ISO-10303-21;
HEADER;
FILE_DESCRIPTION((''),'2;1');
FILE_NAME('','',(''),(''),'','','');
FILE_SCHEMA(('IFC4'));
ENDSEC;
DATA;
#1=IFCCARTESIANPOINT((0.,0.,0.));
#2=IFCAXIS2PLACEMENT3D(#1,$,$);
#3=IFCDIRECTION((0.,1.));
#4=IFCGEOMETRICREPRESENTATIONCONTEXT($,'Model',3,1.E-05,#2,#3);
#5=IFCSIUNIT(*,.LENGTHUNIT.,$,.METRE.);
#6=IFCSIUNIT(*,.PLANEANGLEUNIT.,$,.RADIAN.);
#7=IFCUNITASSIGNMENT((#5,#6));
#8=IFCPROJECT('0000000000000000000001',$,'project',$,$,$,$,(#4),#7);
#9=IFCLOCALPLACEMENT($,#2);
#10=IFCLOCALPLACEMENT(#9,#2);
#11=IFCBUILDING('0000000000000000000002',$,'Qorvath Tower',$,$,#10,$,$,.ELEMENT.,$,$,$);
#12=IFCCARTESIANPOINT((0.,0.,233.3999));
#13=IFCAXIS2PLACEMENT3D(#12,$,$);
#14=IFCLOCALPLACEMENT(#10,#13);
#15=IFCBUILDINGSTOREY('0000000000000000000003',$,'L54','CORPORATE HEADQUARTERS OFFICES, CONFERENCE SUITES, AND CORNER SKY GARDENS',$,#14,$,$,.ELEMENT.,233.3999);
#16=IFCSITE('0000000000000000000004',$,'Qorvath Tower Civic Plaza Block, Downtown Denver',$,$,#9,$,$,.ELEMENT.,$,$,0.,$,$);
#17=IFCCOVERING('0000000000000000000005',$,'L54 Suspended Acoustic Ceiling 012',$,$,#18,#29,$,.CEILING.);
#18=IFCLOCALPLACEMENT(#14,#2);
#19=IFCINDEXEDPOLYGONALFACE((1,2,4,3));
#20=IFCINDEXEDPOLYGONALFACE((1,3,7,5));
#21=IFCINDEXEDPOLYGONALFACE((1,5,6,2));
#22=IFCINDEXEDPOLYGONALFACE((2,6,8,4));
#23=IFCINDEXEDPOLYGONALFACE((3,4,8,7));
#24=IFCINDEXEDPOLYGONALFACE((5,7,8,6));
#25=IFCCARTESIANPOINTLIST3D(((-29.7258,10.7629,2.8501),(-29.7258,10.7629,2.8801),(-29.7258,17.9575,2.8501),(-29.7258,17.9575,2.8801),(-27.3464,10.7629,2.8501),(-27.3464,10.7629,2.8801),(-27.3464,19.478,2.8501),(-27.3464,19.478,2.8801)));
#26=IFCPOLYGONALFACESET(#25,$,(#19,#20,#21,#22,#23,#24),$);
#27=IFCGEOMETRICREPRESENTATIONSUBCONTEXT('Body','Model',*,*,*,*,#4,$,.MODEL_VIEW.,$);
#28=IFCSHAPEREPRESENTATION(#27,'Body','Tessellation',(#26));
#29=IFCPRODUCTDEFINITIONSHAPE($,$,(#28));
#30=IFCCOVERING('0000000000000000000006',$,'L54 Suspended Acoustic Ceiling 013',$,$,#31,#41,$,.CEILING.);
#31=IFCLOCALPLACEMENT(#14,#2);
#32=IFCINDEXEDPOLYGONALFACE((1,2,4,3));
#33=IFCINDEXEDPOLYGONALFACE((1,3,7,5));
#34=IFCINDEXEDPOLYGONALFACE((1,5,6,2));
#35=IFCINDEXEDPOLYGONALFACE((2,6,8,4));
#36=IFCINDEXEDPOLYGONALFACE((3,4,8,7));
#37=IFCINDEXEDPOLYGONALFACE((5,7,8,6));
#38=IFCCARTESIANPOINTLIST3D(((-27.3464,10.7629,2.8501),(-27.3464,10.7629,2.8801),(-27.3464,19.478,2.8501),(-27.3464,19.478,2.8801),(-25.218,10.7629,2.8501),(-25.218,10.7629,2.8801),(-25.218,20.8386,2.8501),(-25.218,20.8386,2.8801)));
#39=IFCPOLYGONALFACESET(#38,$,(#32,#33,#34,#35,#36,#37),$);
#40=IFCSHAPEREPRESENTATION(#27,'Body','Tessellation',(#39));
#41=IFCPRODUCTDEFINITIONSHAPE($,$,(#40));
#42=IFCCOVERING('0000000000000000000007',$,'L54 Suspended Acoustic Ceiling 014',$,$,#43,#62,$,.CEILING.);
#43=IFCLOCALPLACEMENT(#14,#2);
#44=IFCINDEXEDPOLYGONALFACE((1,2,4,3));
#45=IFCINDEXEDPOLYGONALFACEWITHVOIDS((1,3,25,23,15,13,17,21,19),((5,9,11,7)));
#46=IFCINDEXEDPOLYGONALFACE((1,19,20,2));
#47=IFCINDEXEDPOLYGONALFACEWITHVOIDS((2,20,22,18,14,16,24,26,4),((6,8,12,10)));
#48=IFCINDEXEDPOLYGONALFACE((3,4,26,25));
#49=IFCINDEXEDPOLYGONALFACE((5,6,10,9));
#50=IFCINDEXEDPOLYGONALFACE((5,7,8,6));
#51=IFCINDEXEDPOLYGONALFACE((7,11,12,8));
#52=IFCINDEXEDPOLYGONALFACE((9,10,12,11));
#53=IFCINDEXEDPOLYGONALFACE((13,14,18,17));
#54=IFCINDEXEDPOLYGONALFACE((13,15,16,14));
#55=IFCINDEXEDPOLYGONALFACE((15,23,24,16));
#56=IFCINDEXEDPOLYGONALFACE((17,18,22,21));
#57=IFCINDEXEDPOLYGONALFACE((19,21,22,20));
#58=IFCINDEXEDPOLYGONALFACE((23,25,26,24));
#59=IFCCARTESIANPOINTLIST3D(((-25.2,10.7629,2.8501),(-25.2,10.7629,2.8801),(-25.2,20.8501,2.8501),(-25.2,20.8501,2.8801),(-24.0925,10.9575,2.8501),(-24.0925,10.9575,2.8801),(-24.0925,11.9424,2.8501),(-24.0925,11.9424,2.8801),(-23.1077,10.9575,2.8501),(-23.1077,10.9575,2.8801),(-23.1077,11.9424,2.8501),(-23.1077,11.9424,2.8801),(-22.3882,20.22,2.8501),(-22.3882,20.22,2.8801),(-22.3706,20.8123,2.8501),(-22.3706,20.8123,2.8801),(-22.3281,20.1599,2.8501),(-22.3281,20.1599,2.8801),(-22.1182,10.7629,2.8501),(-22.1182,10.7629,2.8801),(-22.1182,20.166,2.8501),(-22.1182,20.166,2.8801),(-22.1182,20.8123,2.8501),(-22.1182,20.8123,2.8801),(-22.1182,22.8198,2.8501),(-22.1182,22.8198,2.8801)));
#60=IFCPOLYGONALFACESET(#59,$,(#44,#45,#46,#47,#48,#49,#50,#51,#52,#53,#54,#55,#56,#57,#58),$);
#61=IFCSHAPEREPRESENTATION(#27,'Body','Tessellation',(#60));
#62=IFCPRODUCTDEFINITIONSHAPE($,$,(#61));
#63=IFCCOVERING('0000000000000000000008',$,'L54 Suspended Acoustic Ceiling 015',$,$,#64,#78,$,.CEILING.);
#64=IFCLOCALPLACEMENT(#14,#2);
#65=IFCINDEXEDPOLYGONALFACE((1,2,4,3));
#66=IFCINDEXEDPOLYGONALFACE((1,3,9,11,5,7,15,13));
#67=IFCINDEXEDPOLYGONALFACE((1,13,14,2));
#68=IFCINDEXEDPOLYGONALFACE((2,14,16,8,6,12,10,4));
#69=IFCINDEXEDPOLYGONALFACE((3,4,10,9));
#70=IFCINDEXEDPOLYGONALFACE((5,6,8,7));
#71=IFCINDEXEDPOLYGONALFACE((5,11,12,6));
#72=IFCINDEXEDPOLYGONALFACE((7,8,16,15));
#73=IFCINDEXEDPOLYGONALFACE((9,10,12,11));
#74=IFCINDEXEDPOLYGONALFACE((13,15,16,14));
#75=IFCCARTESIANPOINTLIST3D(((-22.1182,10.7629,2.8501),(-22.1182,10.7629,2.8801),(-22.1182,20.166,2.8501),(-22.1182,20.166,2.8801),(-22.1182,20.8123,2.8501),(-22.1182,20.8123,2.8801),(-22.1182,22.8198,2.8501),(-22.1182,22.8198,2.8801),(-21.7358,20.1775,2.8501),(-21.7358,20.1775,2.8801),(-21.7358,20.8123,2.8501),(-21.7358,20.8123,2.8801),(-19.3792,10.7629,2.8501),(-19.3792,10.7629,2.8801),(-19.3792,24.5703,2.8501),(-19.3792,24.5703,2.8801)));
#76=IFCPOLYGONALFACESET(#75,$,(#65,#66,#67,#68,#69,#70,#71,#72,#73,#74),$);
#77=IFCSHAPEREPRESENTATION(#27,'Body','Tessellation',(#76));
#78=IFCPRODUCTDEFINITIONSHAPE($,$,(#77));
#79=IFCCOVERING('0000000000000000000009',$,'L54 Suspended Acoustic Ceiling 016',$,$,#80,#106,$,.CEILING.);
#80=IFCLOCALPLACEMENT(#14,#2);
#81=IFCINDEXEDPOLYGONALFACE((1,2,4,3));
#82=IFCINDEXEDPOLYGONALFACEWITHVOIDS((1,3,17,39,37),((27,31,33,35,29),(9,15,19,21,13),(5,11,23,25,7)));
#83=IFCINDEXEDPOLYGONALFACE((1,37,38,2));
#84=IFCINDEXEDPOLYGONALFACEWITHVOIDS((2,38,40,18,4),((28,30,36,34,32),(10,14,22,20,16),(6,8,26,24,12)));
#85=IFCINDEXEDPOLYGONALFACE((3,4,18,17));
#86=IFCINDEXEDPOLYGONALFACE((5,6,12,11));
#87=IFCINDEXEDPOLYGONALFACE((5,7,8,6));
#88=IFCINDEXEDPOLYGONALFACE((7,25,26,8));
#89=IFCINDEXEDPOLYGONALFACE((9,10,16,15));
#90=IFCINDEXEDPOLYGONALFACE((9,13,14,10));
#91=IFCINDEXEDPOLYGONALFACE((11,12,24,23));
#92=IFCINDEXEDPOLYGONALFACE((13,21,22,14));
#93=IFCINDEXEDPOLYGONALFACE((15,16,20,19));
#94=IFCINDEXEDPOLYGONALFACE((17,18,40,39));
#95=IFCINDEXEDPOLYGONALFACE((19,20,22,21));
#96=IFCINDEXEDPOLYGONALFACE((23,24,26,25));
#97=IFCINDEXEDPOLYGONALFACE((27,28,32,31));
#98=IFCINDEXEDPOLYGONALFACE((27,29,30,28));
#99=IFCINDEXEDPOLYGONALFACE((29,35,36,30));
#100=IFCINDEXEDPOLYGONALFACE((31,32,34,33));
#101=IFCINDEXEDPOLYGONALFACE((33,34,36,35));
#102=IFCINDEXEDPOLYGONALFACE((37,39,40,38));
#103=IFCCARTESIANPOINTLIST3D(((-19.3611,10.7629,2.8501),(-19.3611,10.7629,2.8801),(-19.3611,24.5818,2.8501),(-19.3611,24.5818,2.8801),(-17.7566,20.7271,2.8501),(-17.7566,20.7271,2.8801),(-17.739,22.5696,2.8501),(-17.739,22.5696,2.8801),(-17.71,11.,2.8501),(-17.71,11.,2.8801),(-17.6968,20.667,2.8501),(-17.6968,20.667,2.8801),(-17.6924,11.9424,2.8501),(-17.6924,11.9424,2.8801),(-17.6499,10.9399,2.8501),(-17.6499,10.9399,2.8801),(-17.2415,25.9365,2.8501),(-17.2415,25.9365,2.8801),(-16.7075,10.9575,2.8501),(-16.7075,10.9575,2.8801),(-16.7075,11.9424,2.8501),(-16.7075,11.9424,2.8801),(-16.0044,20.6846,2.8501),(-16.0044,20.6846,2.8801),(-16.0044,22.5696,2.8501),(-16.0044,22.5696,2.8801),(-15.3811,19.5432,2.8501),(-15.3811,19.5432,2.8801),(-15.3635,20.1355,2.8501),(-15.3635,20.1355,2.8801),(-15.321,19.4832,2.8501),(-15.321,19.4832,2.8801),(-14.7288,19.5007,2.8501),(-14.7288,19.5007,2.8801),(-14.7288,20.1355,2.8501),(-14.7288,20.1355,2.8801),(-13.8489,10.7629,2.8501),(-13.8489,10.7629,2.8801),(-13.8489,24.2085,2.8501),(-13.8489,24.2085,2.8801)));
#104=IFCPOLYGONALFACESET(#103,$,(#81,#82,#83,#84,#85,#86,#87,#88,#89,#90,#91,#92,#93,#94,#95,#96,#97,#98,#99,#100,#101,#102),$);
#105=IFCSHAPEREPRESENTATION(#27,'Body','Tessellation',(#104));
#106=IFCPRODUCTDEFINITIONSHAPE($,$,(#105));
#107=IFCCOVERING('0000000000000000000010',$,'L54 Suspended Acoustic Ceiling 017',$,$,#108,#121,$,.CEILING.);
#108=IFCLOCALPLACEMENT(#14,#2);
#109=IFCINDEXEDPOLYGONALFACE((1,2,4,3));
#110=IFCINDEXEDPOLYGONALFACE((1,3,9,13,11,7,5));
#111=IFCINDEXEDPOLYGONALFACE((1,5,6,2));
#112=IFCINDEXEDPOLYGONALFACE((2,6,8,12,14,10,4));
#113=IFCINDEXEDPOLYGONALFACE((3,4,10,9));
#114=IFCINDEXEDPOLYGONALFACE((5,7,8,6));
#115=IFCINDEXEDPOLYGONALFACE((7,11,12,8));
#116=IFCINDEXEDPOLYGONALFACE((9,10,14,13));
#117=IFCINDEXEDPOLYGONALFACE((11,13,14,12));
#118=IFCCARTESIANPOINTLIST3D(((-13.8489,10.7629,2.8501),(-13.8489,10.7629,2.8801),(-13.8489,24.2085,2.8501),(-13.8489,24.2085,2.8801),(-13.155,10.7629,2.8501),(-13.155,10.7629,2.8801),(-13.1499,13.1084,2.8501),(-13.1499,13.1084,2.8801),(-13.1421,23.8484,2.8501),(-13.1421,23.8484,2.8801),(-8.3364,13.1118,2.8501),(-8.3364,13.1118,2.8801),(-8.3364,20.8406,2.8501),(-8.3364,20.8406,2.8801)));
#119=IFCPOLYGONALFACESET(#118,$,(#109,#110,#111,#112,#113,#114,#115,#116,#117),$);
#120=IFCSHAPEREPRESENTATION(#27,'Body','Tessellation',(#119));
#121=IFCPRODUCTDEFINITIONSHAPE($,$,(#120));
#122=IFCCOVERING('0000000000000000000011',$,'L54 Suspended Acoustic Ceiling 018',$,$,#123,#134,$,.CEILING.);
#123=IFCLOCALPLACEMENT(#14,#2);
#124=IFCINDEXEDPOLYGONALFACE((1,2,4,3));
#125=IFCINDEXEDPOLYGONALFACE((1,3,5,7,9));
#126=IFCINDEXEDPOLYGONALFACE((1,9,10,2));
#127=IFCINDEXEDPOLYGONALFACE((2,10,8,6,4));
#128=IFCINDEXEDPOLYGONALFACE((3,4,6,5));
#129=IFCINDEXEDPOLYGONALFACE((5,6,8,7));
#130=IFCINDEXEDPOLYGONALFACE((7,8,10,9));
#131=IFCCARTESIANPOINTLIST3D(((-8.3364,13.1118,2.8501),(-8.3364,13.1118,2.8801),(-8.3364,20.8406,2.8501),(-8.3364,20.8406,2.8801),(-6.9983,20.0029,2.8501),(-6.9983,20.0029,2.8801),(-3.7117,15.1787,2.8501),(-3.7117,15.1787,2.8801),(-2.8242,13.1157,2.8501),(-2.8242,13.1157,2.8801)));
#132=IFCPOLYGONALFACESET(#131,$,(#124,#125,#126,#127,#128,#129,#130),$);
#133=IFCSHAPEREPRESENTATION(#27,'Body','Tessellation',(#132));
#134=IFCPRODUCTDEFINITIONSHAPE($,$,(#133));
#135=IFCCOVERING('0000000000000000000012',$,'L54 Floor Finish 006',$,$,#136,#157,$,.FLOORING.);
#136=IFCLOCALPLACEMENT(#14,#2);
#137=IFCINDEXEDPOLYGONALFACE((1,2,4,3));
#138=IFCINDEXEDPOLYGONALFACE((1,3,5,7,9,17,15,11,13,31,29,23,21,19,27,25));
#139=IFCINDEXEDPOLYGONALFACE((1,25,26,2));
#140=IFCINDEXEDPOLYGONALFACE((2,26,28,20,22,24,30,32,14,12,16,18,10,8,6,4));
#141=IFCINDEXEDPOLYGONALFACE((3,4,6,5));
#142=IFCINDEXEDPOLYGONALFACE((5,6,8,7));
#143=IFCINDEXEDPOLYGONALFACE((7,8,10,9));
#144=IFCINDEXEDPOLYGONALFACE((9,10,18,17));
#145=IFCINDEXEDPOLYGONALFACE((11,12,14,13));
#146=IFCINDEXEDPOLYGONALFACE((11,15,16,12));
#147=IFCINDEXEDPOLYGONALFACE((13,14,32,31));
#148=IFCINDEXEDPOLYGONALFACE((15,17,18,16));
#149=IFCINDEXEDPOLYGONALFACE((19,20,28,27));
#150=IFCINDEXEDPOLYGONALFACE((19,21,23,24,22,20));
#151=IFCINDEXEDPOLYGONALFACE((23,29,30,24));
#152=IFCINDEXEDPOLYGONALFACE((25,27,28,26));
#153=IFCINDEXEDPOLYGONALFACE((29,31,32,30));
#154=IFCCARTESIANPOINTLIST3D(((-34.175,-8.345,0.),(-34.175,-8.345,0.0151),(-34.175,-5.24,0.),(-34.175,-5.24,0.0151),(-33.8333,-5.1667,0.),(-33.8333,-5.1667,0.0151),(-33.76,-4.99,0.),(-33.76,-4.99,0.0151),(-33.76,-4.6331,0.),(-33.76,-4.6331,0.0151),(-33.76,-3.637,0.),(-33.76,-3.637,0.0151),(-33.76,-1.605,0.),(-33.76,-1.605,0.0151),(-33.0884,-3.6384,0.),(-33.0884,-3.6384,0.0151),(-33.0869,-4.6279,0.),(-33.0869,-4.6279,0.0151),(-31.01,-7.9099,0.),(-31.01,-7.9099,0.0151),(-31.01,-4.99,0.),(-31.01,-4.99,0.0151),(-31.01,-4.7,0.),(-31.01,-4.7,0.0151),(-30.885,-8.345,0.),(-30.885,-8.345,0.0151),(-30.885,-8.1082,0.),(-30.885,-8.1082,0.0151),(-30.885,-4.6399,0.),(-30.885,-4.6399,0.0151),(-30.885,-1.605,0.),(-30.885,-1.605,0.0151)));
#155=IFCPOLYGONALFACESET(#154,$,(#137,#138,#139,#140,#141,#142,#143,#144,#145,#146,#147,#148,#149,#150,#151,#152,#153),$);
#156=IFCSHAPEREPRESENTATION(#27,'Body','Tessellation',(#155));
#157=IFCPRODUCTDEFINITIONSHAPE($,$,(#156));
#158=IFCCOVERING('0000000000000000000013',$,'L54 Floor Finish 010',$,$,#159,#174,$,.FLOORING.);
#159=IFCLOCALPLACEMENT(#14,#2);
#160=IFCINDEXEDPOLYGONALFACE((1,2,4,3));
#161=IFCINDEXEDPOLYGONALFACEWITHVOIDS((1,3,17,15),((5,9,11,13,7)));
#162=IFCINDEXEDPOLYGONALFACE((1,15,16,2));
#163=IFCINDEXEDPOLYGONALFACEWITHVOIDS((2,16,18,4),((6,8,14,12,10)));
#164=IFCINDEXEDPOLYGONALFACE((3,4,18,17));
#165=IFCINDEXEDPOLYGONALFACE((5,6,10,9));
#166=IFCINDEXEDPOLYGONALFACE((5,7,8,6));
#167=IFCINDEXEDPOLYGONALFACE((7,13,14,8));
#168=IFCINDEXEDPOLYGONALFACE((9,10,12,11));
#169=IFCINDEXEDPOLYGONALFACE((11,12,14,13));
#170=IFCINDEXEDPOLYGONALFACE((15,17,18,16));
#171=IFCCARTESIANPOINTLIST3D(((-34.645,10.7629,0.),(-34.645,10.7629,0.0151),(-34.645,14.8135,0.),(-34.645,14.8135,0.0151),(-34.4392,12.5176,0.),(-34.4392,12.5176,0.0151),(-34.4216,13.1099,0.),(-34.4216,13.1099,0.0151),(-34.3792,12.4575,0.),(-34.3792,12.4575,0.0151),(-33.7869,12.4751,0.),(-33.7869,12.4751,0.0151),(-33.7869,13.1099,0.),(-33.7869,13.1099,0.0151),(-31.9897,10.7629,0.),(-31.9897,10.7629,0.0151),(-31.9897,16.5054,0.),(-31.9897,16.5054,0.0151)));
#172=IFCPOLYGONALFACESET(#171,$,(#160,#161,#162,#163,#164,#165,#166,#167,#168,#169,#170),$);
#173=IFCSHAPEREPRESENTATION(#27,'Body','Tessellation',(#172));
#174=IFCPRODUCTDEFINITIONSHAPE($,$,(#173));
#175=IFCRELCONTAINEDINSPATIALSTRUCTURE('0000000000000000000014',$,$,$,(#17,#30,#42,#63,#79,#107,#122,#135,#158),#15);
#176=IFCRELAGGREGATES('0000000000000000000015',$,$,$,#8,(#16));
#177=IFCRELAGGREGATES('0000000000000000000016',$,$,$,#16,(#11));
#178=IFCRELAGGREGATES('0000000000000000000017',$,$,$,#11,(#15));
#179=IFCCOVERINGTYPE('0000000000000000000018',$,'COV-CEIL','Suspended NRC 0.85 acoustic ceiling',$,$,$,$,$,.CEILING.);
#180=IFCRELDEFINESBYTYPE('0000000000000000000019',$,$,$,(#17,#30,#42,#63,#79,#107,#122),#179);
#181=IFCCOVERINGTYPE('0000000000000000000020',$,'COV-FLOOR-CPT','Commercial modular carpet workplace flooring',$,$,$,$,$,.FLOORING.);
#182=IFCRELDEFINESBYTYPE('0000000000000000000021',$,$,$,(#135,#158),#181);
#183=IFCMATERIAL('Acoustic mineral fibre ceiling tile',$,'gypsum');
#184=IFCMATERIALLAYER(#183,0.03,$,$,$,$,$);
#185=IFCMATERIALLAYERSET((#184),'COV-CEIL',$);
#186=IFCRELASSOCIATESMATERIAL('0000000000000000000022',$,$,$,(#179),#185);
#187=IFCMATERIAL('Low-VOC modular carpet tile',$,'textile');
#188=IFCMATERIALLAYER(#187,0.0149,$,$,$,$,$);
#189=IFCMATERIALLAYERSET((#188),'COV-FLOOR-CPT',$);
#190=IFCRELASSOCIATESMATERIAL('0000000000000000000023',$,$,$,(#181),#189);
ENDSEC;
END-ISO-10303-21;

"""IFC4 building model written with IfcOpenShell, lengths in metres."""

from ifc_helpers import new_model, si_unit, direction, frame, origin, place, context, subcontext, project, spatial, polyline, outline, extrude, material, layer, layer_set, type_object, element, save


model = new_model("IFC4")

# Units and contexts
model_context = context("Model", 3, precision=1e-05, world=origin(), true_north=direction((0.0, 1.0)))
body_context = subcontext(model_context, "Body", "Model", "MODEL_VIEW")
ifc_project = project(units=[si_unit("LENGTHUNIT", "METRE"), si_unit("PLANEANGLEUNIT", "RADIAN")], contexts=[model_context])

# Site, building, storey
site_placement = place(None, origin())
site = spatial("IfcSite", under=ifc_project, at=site_placement, Name="Qorvath Tower Civic Plaza Block, Downtown Denver", CompositionType="ELEMENT", RefElevation=0.0)
building_placement = place(site_placement, origin())
building = spatial("IfcBuilding", under=site, at=building_placement, Name="Qorvath Tower", CompositionType="ELEMENT")
storey_placement = place(building_placement, frame((0.0, 0.0, 233.3999)))
storey = spatial("IfcBuildingStorey", under=building, at=storey_placement, Name="L54", Description="CORPORATE HEADQUARTERS OFFICES, CONFERENCE SUITES, AND CORNER SKY GARDENS", CompositionType="ELEMENT", Elevation=233.3999)

# Coverings
ifc_material_1 = material(Name="Acoustic mineral fibre ceiling tile", Category="gypsum")
ifc_layer_1 = layer(ifc_material_1, 0.03)
ifc_layer_set_1 = layer_set([ifc_layer_1], Name="COV-CEIL")
covering_type_1 = type_object("IfcCoveringType", Name="COV-CEIL", Description="Suspended NRC 0.85 acoustic ceiling", PredefinedType="CEILING", material=ifc_layer_set_1)
covering_1_placement = place(storey_placement, frame((0.0, 0.0, 2.8501)))
element("IfcCovering", 1, at=covering_1_placement, inside=storey, type_object=covering_type_1, Name="L54 Suspended Acoustic Ceiling 012", PredefinedType="CEILING", context=body_context, shape_type="SweptSolid", body=[
    extrude(outline(polyline([(-29.7258, 10.7629), (-27.3464, 10.7629), (-27.3464, 19.478), (-29.7258, 17.9575), (-29.7258, 10.7629)])), origin(), (0.0, 0.0, 1.0), 0.03),
])
covering_2_placement = place(storey_placement, frame((0.0, 0.0, 2.8501)))
element("IfcCovering", 2, at=covering_2_placement, inside=storey, type_object=covering_type_1, Name="L54 Suspended Acoustic Ceiling 013", PredefinedType="CEILING", context=body_context, shape_type="SweptSolid", body=[
    extrude(outline(polyline([(-27.3464, 19.478), (-27.3464, 10.7629), (-25.218, 10.7629), (-25.218, 20.8386), (-27.3464, 19.478)])), origin(), (0.0, 0.0, 1.0), 0.03),
])
covering_3_placement = place(storey_placement, frame((0.0, 0.0, 2.8501)))
element("IfcCovering", 3, at=covering_3_placement, inside=storey, type_object=covering_type_1, Name="L54 Suspended Acoustic Ceiling 014", PredefinedType="CEILING", context=body_context, shape_type="SweptSolid", body=[
    extrude(outline(polyline([(-25.2, 10.7629), (-22.1182, 10.7629), (-22.1182, 20.166), (-22.3281, 20.1599), (-22.3882, 20.22), (-22.3706, 20.8123), (-22.1182, 20.8123), (-22.1182, 22.8198), (-25.2, 20.8501), (-25.2, 10.7629)]), holes=[polyline([(-24.0925, 10.9575), (-24.0925, 11.9424), (-23.1077, 11.9424), (-23.1077, 10.9575), (-24.0925, 10.9575)])]), origin(), (0.0, 0.0, 1.0), 0.03),
])
covering_4_placement = place(storey_placement, frame((0.0, 0.0, 2.8501)))
element("IfcCovering", 4, at=covering_4_placement, inside=storey, type_object=covering_type_1, Name="L54 Suspended Acoustic Ceiling 015", PredefinedType="CEILING", context=body_context, shape_type="SweptSolid", body=[
    extrude(outline(polyline([(-22.1182, 22.8198), (-22.1182, 20.8123), (-21.7358, 20.8123), (-21.7358, 20.1775), (-22.1182, 20.166), (-22.1182, 10.7629), (-19.3792, 10.7629), (-19.3792, 24.5703), (-22.1182, 22.8198)])), origin(), (0.0, 0.0, 1.0), 0.03),
])
covering_5_placement = place(storey_placement, frame((0.0, 0.0, 2.8501)))
element("IfcCovering", 5, at=covering_5_placement, inside=storey, type_object=covering_type_1, Name="L54 Suspended Acoustic Ceiling 016", PredefinedType="CEILING", context=body_context, shape_type="SweptSolid", body=[
    extrude(outline(polyline([(-13.8489, 10.7629), (-13.8489, 24.2085), (-17.2415, 25.9365), (-19.3611, 24.5818), (-19.3611, 10.7629), (-13.8489, 10.7629)]), holes=[polyline([(-15.3811, 19.5432), (-15.3635, 20.1355), (-14.7288, 20.1355), (-14.7288, 19.5007), (-15.321, 19.4832), (-15.3811, 19.5432)]), polyline([(-17.7566, 20.7271), (-17.739, 22.5696), (-16.0044, 22.5696), (-16.0044, 20.6846), (-17.6968, 20.667), (-17.7566, 20.7271)]), polyline([(-17.71, 11.0), (-17.6924, 11.9424), (-16.7075, 11.9424), (-16.7075, 10.9575), (-17.6499, 10.9399), (-17.71, 11.0)])]), origin(), (0.0, 0.0, 1.0), 0.03),
])
covering_6_placement = place(storey_placement, frame((0.0, 0.0, 2.8501)))
element("IfcCovering", 6, at=covering_6_placement, inside=storey, type_object=covering_type_1, Name="L54 Suspended Acoustic Ceiling 017", PredefinedType="CEILING", context=body_context, shape_type="SweptSolid", body=[
    extrude(outline(polyline([(-13.1421, 23.8484), (-13.8489, 24.2085), (-13.8489, 10.7629), (-13.155, 10.7629), (-13.1499, 13.1084), (-8.3364, 13.1118), (-8.3364, 20.8406), (-13.1421, 23.8484)])), origin(), (0.0, 0.0, 1.0), 0.03),
])
covering_7_placement = place(storey_placement, frame((0.0, 0.0, 2.8501)))
element("IfcCovering", 7, at=covering_7_placement, inside=storey, type_object=covering_type_1, Name="L54 Suspended Acoustic Ceiling 018", PredefinedType="CEILING", context=body_context, shape_type="SweptSolid", body=[
    extrude(outline(polyline([(-8.3364, 20.8406), (-8.3364, 13.1118), (-2.8242, 13.1157), (-3.7117, 15.1787), (-6.9983, 20.0029), (-8.3364, 20.8406)])), origin(), (0.0, 0.0, 1.0), 0.03),
])
ifc_material_2 = material(Name="Low-VOC modular carpet tile", Category="textile")
ifc_layer_2 = layer(ifc_material_2, 0.0149)
ifc_layer_set_2 = layer_set([ifc_layer_2], Name="COV-FLOOR-CPT")
covering_type_2 = type_object("IfcCoveringType", Name="COV-FLOOR-CPT", Description="Commercial modular carpet workplace flooring", PredefinedType="FLOORING", material=ifc_layer_set_2)
covering_8_placement = place(storey_placement, origin())
element("IfcCovering", 8, at=covering_8_placement, inside=storey, type_object=covering_type_2, Name="L54 Floor Finish 006", PredefinedType="FLOORING", context=body_context, shape_type="SweptSolid", body=[
    extrude(outline(polyline([(-30.885, -1.605), (-33.76, -1.605), (-33.76, -3.637), (-33.0884, -3.6384), (-33.0869, -4.6279), (-33.76, -4.6331), (-33.76, -4.99), (-33.8333, -5.1667), (-34.175, -5.24), (-34.175, -8.345), (-30.885, -8.345), (-30.885, -8.1082), (-31.01, -7.9099), (-31.01, -4.99), (-31.01, -4.7), (-30.885, -4.6399), (-30.885, -1.605)])), origin(), (0.0, 0.0, 1.0), 0.0151),
])
covering_9_placement = place(storey_placement, origin())
element("IfcCovering", 9, at=covering_9_placement, inside=storey, type_object=covering_type_2, Name="L54 Floor Finish 010", PredefinedType="FLOORING", context=body_context, shape_type="SweptSolid", body=[
    extrude(outline(polyline([(-31.9897, 10.7629), (-31.9897, 16.5054), (-34.645, 14.8135), (-34.645, 10.7629), (-31.9897, 10.7629)]), holes=[polyline([(-34.4392, 12.5176), (-34.4216, 13.1099), (-33.7869, 13.1099), (-33.7869, 12.4751), (-34.3792, 12.4575), (-34.4392, 12.5176)])]), origin(), (0.0, 0.0, 1.0), 0.0151),
])

save(model, "model.ifc")
